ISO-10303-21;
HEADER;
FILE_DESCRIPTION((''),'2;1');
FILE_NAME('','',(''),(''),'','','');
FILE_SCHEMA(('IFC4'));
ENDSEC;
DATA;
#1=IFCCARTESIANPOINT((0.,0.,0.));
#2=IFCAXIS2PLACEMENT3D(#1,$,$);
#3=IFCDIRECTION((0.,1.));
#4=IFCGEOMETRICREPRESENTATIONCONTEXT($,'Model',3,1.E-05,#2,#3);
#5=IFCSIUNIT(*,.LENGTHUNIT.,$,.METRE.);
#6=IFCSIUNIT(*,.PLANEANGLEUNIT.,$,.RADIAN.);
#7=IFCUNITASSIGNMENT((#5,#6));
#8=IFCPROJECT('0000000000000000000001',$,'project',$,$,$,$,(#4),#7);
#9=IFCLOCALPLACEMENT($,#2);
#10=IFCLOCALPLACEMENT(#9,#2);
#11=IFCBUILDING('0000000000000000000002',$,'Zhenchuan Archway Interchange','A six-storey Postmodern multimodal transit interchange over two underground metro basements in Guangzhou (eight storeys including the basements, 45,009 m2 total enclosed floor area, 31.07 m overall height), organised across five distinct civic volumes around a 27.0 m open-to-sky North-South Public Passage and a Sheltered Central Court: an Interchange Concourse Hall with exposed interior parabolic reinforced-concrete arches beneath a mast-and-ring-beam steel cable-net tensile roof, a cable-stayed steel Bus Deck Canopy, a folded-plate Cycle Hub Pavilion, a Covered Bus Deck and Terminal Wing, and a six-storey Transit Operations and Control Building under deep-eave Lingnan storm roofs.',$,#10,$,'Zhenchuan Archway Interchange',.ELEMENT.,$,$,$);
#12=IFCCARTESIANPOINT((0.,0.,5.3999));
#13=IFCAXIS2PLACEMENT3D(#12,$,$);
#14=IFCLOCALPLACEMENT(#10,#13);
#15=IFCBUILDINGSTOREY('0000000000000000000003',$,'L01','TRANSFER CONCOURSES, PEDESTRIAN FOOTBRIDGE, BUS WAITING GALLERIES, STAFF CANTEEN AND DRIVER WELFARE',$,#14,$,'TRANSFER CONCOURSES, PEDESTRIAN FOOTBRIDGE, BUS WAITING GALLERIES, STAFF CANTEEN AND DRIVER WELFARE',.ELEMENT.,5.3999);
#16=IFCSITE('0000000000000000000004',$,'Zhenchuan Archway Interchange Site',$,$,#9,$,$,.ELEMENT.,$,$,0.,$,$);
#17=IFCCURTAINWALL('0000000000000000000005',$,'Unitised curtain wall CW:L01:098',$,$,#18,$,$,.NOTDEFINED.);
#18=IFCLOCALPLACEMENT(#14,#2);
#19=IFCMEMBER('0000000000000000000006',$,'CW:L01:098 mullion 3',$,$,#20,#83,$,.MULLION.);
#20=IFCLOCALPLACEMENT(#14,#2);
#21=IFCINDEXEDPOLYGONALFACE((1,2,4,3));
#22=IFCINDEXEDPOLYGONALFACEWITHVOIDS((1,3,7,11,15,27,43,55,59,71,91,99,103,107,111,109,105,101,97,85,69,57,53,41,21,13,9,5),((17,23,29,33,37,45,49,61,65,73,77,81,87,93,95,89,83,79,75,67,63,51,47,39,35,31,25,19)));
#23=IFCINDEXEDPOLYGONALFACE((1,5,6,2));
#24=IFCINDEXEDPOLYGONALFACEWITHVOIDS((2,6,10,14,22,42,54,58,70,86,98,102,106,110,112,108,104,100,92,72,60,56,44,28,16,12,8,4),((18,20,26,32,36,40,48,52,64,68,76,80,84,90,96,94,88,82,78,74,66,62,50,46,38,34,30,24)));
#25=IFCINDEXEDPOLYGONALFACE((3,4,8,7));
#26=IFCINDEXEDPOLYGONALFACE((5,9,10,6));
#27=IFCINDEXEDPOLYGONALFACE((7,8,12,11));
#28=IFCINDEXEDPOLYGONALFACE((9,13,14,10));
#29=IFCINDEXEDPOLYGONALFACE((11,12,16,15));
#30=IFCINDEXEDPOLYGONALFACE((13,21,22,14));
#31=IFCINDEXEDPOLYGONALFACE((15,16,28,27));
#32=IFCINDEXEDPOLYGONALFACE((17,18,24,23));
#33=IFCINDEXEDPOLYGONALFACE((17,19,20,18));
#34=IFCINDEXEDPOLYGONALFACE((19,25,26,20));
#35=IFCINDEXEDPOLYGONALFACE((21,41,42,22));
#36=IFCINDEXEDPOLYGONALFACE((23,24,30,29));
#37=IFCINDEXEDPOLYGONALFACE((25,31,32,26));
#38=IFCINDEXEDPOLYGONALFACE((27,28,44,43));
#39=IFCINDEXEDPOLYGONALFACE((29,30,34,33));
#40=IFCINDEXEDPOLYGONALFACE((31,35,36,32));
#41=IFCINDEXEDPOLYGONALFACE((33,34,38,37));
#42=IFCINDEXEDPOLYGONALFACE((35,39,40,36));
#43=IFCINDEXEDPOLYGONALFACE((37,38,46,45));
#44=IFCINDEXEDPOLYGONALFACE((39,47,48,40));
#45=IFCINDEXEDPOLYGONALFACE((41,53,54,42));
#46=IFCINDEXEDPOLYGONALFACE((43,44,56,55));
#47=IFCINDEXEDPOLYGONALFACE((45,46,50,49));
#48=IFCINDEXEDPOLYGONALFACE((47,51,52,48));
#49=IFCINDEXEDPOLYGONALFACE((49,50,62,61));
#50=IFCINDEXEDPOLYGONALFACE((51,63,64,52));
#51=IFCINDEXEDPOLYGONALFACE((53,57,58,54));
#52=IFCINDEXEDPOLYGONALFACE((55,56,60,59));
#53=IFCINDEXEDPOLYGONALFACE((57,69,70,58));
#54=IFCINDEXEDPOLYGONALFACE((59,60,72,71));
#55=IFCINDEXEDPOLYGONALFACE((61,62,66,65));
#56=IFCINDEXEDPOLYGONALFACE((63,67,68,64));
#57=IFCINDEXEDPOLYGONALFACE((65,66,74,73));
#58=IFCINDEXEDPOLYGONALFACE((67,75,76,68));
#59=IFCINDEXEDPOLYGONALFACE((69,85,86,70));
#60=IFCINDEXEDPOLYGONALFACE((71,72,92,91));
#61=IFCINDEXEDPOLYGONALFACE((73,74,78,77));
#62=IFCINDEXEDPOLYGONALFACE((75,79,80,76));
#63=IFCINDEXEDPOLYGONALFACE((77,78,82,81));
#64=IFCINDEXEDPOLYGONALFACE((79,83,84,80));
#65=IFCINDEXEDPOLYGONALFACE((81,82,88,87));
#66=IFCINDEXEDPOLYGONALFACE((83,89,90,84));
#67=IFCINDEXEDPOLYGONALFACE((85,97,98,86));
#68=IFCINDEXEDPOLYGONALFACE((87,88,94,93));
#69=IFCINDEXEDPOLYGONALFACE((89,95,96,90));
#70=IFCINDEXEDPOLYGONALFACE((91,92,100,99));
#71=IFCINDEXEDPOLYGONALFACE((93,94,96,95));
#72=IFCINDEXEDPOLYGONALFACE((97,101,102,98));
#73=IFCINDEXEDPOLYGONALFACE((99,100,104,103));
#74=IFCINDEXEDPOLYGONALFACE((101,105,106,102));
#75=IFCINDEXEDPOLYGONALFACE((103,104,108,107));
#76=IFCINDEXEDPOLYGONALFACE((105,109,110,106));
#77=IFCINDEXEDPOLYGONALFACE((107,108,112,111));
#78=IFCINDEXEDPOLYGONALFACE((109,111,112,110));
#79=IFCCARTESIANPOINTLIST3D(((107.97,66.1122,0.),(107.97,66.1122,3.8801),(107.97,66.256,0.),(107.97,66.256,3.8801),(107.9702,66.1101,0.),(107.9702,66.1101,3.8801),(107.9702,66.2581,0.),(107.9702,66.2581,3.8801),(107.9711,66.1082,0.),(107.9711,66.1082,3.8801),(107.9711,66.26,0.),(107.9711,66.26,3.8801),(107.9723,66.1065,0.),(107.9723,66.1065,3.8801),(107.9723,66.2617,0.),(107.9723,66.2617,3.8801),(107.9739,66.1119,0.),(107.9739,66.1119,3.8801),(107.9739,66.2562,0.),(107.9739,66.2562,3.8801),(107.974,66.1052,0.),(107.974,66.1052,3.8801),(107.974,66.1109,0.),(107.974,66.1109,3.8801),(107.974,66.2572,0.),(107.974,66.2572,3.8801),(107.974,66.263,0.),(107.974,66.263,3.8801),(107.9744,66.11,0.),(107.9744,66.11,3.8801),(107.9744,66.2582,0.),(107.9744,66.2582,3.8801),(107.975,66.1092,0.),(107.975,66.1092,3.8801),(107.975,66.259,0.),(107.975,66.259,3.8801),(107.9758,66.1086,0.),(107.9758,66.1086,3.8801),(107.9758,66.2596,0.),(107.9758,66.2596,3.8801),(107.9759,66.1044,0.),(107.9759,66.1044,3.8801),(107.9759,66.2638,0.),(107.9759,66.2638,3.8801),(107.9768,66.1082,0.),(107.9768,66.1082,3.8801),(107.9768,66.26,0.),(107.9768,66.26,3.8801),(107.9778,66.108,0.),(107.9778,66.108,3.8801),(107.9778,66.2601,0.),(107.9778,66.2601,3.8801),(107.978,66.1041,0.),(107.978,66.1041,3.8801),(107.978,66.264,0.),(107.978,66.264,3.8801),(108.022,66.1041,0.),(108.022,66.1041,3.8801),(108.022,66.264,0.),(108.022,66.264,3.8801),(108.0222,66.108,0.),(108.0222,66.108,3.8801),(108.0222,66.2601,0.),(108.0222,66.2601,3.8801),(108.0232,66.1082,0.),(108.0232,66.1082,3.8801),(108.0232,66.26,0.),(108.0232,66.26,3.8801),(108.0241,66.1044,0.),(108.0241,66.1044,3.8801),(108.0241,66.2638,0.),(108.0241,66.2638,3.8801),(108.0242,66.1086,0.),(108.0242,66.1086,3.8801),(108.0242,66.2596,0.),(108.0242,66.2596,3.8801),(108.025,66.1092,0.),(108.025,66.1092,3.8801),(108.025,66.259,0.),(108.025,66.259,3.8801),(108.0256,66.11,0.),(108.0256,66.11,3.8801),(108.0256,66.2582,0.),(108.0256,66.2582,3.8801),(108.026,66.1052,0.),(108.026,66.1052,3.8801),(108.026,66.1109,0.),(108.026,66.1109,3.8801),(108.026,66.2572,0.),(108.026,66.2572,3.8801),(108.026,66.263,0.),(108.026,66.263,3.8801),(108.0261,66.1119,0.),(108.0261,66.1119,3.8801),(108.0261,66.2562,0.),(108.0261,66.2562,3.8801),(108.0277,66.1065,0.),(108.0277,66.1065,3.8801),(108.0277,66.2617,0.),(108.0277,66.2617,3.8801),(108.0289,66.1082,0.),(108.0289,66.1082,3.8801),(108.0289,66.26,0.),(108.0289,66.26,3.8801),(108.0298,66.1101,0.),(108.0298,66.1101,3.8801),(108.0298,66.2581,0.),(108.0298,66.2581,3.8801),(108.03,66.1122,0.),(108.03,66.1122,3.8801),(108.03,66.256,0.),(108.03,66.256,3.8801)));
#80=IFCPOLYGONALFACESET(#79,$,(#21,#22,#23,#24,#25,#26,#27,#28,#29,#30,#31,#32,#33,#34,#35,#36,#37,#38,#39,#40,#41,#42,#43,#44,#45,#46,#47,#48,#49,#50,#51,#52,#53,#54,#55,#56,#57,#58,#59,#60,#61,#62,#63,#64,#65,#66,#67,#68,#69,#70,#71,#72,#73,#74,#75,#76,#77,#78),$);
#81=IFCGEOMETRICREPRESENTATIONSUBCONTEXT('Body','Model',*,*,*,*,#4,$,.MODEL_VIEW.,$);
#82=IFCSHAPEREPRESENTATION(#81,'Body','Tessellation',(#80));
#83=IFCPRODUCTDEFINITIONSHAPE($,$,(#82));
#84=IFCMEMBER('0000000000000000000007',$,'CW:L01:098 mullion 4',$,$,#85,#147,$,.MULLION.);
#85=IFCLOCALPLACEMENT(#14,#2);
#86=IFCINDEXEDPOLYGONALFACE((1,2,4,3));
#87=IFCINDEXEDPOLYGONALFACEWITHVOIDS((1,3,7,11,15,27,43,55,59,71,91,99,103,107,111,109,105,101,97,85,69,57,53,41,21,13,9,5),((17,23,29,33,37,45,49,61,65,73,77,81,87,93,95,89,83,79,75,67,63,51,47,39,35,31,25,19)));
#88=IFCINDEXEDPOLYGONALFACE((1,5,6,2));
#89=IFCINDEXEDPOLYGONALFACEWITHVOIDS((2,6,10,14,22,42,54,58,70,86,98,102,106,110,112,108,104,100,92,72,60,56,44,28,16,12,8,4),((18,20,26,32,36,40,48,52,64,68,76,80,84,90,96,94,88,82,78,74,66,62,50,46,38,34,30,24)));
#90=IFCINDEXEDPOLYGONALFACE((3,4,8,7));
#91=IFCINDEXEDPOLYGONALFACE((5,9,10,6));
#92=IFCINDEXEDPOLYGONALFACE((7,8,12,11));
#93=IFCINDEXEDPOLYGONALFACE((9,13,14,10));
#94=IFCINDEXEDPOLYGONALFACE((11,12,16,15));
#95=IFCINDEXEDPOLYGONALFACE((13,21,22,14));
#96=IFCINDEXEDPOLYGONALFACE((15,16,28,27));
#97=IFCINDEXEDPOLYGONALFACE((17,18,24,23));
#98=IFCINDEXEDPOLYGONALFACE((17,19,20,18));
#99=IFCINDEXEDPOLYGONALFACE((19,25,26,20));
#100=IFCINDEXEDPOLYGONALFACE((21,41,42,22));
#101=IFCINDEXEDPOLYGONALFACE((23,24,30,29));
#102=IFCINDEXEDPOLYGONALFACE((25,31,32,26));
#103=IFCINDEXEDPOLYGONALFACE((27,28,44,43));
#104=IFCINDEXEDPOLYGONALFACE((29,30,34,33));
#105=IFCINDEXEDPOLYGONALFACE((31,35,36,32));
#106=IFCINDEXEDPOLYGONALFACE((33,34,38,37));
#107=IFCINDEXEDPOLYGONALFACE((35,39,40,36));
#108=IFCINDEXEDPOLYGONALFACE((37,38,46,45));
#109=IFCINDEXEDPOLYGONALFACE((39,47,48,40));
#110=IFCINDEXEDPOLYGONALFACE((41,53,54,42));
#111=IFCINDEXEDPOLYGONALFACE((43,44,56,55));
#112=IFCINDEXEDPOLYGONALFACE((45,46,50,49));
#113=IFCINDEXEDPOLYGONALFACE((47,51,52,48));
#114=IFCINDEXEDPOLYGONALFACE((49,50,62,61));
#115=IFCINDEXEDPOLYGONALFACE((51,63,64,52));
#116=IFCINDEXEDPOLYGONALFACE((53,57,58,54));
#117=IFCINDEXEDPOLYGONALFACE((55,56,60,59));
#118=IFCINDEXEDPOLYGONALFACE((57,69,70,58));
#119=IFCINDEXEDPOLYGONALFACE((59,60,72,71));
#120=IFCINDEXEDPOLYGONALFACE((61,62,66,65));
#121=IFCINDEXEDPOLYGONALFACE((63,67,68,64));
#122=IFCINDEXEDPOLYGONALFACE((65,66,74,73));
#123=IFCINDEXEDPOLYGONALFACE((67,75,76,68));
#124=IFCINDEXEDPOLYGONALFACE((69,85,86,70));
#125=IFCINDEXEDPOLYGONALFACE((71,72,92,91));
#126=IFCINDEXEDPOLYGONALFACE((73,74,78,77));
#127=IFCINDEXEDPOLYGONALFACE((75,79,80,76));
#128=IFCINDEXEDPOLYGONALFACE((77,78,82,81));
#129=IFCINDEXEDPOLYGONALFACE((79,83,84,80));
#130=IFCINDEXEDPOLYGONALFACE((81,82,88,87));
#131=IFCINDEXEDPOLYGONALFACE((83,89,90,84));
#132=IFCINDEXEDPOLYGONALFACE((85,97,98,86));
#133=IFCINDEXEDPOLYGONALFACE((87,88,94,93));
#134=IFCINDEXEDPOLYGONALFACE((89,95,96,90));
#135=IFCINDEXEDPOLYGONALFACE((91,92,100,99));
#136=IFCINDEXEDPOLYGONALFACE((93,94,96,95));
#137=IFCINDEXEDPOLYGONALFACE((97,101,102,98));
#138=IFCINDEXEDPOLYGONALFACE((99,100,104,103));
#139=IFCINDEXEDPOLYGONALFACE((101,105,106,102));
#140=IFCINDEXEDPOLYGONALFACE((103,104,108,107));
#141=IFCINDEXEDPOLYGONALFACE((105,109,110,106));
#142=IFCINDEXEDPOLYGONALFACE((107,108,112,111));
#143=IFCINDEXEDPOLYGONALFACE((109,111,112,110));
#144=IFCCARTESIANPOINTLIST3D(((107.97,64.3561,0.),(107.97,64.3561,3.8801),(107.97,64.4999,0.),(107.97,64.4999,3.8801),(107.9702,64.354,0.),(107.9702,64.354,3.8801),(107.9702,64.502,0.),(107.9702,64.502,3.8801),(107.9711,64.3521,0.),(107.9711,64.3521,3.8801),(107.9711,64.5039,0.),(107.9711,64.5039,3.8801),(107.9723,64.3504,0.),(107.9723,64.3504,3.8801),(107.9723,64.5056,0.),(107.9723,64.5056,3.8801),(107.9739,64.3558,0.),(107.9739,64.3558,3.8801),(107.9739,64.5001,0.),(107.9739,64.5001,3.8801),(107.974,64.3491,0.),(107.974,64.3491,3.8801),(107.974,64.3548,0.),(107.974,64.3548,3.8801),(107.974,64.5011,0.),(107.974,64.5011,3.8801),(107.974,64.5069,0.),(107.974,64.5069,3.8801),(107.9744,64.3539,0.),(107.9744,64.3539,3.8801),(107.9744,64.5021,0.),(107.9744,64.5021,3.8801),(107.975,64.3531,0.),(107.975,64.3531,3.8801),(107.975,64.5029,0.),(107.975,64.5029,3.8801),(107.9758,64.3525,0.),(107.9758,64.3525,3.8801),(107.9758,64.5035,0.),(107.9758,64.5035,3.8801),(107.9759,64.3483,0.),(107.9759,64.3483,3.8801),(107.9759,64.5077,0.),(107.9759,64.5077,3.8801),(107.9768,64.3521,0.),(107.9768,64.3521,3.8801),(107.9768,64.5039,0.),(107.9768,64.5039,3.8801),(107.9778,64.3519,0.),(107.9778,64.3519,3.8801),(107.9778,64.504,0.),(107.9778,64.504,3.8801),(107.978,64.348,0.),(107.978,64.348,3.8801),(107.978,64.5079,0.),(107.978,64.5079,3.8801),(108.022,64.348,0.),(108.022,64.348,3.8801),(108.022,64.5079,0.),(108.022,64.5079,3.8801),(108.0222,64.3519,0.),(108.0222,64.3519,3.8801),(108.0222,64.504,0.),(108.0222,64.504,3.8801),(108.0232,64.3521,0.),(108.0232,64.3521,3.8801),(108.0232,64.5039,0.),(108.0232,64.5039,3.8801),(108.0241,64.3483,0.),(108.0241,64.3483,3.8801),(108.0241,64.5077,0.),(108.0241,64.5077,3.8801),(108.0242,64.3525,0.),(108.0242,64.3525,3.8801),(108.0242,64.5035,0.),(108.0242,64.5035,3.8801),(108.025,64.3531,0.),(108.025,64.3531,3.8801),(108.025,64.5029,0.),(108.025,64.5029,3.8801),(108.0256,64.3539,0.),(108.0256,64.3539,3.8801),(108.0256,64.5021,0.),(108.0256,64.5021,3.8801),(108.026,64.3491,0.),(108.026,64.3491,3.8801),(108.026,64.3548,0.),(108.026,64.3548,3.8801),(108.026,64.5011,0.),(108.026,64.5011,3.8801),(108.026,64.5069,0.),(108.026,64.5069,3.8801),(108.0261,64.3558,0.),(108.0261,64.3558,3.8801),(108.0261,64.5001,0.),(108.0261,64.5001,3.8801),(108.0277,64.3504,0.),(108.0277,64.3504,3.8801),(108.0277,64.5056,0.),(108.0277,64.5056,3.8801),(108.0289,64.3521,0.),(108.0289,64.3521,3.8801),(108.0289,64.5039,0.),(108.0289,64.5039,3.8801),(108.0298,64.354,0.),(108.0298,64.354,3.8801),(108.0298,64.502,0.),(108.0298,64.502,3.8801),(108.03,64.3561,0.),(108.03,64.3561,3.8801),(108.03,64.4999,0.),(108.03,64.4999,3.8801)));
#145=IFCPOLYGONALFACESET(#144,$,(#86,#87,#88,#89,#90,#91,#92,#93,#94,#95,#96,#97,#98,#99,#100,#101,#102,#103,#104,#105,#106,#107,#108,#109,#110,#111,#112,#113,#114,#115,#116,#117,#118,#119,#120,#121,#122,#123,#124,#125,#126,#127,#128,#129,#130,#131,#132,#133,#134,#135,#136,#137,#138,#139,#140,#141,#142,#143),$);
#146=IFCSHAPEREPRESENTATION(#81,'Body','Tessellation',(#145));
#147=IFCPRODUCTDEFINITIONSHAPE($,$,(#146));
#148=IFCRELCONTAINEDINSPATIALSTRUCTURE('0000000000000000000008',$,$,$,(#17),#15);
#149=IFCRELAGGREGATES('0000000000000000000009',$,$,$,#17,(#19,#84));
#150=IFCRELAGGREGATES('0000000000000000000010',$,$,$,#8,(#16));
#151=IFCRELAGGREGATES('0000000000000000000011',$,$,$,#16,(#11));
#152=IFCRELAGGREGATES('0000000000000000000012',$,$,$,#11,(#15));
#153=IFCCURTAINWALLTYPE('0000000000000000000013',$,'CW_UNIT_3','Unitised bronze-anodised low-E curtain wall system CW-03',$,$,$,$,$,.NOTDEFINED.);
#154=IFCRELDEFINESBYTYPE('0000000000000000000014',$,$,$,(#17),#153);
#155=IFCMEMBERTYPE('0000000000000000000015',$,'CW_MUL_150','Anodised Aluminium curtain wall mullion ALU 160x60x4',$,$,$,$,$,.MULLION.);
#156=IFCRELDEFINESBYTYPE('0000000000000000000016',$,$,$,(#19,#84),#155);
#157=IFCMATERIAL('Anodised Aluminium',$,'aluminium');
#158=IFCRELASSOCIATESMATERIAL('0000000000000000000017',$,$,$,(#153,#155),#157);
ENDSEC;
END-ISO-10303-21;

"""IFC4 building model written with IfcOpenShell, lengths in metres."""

from ifc_helpers import new_model, si_unit, direction, frame, origin, origin_2d, place, context, subcontext, project, spatial, hollow_rectangle, extrude, material, material_profile, profile_set, type_object, element, aggregate, save


model = new_model("IFC4")

# Units and contexts
model_context = context("Model", 3, precision=1e-05, world=origin(), true_north=direction((0.0, 1.0)))
body_context = subcontext(model_context, "Body", "Model", "MODEL_VIEW")
ifc_project = project(units=[si_unit("LENGTHUNIT", "METRE"), si_unit("PLANEANGLEUNIT", "RADIAN")], contexts=[model_context])

# Site, building, storey
site_placement = place(None, origin())
site = spatial("IfcSite", under=ifc_project, at=site_placement, Name="Zhenchuan Archway Interchange Site", CompositionType="ELEMENT", RefElevation=0.0)
building_placement = place(site_placement, origin())
building = spatial("IfcBuilding", under=site, at=building_placement, Name="Zhenchuan Archway Interchange", Description="A six-storey Postmodern multimodal transit interchange over two underground metro basements in Guangzhou (eight storeys including the basements, 45,009 m2 total enclosed floor area, 31.07 m overall height), organised across five distinct civic volumes around a 27.0 m open-to-sky North-South Public Passage and a Sheltered Central Court: an Interchange Concourse Hall with exposed interior parabolic reinforced-concrete arches beneath a mast-and-ring-beam steel cable-net tensile roof, a cable-stayed steel Bus Deck Canopy, a folded-plate Cycle Hub Pavilion, a Covered Bus Deck and Terminal Wing, and a six-storey Transit Operations and Control Building under deep-eave Lingnan storm roofs.", LongName="Zhenchuan Archway Interchange", CompositionType="ELEMENT")
storey_placement = place(building_placement, frame((0.0, 0.0, 5.3999)))
storey = spatial("IfcBuildingStorey", under=building, at=storey_placement, Name="L01", Description="TRANSFER CONCOURSES, PEDESTRIAN FOOTBRIDGE, BUS WAITING GALLERIES, STAFF CANTEEN AND DRIVER WELFARE", LongName="TRANSFER CONCOURSES, PEDESTRIAN FOOTBRIDGE, BUS WAITING GALLERIES, STAFF CANTEEN AND DRIVER WELFARE", CompositionType="ELEMENT", Elevation=5.3999)

# Curtain wall, members
ifc_material_1 = material(Name="Anodised Aluminium", Category="aluminium")
curtain_wall_type = type_object("IfcCurtainWallType", Name="CW_UNIT_3", Description="Unitised bronze-anodised low-E curtain wall system CW-03", PredefinedType="NOTDEFINED", material=ifc_material_1)
curtain_wall_placement = place(storey_placement, origin())
curtain_wall = element("IfcCurtainWall", 1, at=curtain_wall_placement, inside=storey, type_object=curtain_wall_type, Name="Unitised curtain wall CW:L01:098", PredefinedType="NOTDEFINED")
ifc_material_profile_1 = material_profile(ifc_material_1, hollow_rectangle(XDim=0.0601, YDim=0.1599, WallThickness=0.0039, InnerFilletRadius=0.0039, OuterFilletRadius=0.0081, at=origin_2d()), Name="ALU 160x60x4")
ifc_profile_set_1 = profile_set([ifc_material_profile_1], Name="Anodised Aluminium")
member_type_1 = type_object("IfcMemberType", Name="CW_MUL_150", Description="Anodised Aluminium curtain wall mullion ALU 160x60x4", PredefinedType="MULLION", material=ifc_profile_set_1)
member_1_placement = place(storey_placement, frame((108.0, 66.1841, 0.0), z_axis=(0.0, 0.0, 1.0), x_axis=(1.0, 0.0, 0.0)))
member_1 = element("IfcMember", 2, at=member_1_placement, type_object=member_type_1, Name="CW:L01:098 mullion 3", PredefinedType="MULLION", context=body_context, shape_type="SweptSolid", body=[
    extrude(hollow_rectangle(XDim=0.0601, YDim=0.1599, WallThickness=0.0039, InnerFilletRadius=0.0039, OuterFilletRadius=0.0081, at=origin_2d()), origin(), (0.0, 0.0, 1.0), 3.8801),
])
member_2_placement = place(storey_placement, frame((108.0, 64.428, 0.0), z_axis=(0.0, 0.0, 1.0), x_axis=(1.0, 0.0, 0.0)))
member_2 = element("IfcMember", 3, at=member_2_placement, type_object=member_type_1, Name="CW:L01:098 mullion 4", PredefinedType="MULLION", context=body_context, shape_type="SweptSolid", body=[
    extrude(hollow_rectangle(XDim=0.0601, YDim=0.1599, WallThickness=0.0039, InnerFilletRadius=0.0039, OuterFilletRadius=0.0081, at=origin_2d()), origin(), (0.0, 0.0, 1.0), 3.8801),
])

aggregate(curtain_wall, [member_1, member_2])

save(model, "model.ifc")
